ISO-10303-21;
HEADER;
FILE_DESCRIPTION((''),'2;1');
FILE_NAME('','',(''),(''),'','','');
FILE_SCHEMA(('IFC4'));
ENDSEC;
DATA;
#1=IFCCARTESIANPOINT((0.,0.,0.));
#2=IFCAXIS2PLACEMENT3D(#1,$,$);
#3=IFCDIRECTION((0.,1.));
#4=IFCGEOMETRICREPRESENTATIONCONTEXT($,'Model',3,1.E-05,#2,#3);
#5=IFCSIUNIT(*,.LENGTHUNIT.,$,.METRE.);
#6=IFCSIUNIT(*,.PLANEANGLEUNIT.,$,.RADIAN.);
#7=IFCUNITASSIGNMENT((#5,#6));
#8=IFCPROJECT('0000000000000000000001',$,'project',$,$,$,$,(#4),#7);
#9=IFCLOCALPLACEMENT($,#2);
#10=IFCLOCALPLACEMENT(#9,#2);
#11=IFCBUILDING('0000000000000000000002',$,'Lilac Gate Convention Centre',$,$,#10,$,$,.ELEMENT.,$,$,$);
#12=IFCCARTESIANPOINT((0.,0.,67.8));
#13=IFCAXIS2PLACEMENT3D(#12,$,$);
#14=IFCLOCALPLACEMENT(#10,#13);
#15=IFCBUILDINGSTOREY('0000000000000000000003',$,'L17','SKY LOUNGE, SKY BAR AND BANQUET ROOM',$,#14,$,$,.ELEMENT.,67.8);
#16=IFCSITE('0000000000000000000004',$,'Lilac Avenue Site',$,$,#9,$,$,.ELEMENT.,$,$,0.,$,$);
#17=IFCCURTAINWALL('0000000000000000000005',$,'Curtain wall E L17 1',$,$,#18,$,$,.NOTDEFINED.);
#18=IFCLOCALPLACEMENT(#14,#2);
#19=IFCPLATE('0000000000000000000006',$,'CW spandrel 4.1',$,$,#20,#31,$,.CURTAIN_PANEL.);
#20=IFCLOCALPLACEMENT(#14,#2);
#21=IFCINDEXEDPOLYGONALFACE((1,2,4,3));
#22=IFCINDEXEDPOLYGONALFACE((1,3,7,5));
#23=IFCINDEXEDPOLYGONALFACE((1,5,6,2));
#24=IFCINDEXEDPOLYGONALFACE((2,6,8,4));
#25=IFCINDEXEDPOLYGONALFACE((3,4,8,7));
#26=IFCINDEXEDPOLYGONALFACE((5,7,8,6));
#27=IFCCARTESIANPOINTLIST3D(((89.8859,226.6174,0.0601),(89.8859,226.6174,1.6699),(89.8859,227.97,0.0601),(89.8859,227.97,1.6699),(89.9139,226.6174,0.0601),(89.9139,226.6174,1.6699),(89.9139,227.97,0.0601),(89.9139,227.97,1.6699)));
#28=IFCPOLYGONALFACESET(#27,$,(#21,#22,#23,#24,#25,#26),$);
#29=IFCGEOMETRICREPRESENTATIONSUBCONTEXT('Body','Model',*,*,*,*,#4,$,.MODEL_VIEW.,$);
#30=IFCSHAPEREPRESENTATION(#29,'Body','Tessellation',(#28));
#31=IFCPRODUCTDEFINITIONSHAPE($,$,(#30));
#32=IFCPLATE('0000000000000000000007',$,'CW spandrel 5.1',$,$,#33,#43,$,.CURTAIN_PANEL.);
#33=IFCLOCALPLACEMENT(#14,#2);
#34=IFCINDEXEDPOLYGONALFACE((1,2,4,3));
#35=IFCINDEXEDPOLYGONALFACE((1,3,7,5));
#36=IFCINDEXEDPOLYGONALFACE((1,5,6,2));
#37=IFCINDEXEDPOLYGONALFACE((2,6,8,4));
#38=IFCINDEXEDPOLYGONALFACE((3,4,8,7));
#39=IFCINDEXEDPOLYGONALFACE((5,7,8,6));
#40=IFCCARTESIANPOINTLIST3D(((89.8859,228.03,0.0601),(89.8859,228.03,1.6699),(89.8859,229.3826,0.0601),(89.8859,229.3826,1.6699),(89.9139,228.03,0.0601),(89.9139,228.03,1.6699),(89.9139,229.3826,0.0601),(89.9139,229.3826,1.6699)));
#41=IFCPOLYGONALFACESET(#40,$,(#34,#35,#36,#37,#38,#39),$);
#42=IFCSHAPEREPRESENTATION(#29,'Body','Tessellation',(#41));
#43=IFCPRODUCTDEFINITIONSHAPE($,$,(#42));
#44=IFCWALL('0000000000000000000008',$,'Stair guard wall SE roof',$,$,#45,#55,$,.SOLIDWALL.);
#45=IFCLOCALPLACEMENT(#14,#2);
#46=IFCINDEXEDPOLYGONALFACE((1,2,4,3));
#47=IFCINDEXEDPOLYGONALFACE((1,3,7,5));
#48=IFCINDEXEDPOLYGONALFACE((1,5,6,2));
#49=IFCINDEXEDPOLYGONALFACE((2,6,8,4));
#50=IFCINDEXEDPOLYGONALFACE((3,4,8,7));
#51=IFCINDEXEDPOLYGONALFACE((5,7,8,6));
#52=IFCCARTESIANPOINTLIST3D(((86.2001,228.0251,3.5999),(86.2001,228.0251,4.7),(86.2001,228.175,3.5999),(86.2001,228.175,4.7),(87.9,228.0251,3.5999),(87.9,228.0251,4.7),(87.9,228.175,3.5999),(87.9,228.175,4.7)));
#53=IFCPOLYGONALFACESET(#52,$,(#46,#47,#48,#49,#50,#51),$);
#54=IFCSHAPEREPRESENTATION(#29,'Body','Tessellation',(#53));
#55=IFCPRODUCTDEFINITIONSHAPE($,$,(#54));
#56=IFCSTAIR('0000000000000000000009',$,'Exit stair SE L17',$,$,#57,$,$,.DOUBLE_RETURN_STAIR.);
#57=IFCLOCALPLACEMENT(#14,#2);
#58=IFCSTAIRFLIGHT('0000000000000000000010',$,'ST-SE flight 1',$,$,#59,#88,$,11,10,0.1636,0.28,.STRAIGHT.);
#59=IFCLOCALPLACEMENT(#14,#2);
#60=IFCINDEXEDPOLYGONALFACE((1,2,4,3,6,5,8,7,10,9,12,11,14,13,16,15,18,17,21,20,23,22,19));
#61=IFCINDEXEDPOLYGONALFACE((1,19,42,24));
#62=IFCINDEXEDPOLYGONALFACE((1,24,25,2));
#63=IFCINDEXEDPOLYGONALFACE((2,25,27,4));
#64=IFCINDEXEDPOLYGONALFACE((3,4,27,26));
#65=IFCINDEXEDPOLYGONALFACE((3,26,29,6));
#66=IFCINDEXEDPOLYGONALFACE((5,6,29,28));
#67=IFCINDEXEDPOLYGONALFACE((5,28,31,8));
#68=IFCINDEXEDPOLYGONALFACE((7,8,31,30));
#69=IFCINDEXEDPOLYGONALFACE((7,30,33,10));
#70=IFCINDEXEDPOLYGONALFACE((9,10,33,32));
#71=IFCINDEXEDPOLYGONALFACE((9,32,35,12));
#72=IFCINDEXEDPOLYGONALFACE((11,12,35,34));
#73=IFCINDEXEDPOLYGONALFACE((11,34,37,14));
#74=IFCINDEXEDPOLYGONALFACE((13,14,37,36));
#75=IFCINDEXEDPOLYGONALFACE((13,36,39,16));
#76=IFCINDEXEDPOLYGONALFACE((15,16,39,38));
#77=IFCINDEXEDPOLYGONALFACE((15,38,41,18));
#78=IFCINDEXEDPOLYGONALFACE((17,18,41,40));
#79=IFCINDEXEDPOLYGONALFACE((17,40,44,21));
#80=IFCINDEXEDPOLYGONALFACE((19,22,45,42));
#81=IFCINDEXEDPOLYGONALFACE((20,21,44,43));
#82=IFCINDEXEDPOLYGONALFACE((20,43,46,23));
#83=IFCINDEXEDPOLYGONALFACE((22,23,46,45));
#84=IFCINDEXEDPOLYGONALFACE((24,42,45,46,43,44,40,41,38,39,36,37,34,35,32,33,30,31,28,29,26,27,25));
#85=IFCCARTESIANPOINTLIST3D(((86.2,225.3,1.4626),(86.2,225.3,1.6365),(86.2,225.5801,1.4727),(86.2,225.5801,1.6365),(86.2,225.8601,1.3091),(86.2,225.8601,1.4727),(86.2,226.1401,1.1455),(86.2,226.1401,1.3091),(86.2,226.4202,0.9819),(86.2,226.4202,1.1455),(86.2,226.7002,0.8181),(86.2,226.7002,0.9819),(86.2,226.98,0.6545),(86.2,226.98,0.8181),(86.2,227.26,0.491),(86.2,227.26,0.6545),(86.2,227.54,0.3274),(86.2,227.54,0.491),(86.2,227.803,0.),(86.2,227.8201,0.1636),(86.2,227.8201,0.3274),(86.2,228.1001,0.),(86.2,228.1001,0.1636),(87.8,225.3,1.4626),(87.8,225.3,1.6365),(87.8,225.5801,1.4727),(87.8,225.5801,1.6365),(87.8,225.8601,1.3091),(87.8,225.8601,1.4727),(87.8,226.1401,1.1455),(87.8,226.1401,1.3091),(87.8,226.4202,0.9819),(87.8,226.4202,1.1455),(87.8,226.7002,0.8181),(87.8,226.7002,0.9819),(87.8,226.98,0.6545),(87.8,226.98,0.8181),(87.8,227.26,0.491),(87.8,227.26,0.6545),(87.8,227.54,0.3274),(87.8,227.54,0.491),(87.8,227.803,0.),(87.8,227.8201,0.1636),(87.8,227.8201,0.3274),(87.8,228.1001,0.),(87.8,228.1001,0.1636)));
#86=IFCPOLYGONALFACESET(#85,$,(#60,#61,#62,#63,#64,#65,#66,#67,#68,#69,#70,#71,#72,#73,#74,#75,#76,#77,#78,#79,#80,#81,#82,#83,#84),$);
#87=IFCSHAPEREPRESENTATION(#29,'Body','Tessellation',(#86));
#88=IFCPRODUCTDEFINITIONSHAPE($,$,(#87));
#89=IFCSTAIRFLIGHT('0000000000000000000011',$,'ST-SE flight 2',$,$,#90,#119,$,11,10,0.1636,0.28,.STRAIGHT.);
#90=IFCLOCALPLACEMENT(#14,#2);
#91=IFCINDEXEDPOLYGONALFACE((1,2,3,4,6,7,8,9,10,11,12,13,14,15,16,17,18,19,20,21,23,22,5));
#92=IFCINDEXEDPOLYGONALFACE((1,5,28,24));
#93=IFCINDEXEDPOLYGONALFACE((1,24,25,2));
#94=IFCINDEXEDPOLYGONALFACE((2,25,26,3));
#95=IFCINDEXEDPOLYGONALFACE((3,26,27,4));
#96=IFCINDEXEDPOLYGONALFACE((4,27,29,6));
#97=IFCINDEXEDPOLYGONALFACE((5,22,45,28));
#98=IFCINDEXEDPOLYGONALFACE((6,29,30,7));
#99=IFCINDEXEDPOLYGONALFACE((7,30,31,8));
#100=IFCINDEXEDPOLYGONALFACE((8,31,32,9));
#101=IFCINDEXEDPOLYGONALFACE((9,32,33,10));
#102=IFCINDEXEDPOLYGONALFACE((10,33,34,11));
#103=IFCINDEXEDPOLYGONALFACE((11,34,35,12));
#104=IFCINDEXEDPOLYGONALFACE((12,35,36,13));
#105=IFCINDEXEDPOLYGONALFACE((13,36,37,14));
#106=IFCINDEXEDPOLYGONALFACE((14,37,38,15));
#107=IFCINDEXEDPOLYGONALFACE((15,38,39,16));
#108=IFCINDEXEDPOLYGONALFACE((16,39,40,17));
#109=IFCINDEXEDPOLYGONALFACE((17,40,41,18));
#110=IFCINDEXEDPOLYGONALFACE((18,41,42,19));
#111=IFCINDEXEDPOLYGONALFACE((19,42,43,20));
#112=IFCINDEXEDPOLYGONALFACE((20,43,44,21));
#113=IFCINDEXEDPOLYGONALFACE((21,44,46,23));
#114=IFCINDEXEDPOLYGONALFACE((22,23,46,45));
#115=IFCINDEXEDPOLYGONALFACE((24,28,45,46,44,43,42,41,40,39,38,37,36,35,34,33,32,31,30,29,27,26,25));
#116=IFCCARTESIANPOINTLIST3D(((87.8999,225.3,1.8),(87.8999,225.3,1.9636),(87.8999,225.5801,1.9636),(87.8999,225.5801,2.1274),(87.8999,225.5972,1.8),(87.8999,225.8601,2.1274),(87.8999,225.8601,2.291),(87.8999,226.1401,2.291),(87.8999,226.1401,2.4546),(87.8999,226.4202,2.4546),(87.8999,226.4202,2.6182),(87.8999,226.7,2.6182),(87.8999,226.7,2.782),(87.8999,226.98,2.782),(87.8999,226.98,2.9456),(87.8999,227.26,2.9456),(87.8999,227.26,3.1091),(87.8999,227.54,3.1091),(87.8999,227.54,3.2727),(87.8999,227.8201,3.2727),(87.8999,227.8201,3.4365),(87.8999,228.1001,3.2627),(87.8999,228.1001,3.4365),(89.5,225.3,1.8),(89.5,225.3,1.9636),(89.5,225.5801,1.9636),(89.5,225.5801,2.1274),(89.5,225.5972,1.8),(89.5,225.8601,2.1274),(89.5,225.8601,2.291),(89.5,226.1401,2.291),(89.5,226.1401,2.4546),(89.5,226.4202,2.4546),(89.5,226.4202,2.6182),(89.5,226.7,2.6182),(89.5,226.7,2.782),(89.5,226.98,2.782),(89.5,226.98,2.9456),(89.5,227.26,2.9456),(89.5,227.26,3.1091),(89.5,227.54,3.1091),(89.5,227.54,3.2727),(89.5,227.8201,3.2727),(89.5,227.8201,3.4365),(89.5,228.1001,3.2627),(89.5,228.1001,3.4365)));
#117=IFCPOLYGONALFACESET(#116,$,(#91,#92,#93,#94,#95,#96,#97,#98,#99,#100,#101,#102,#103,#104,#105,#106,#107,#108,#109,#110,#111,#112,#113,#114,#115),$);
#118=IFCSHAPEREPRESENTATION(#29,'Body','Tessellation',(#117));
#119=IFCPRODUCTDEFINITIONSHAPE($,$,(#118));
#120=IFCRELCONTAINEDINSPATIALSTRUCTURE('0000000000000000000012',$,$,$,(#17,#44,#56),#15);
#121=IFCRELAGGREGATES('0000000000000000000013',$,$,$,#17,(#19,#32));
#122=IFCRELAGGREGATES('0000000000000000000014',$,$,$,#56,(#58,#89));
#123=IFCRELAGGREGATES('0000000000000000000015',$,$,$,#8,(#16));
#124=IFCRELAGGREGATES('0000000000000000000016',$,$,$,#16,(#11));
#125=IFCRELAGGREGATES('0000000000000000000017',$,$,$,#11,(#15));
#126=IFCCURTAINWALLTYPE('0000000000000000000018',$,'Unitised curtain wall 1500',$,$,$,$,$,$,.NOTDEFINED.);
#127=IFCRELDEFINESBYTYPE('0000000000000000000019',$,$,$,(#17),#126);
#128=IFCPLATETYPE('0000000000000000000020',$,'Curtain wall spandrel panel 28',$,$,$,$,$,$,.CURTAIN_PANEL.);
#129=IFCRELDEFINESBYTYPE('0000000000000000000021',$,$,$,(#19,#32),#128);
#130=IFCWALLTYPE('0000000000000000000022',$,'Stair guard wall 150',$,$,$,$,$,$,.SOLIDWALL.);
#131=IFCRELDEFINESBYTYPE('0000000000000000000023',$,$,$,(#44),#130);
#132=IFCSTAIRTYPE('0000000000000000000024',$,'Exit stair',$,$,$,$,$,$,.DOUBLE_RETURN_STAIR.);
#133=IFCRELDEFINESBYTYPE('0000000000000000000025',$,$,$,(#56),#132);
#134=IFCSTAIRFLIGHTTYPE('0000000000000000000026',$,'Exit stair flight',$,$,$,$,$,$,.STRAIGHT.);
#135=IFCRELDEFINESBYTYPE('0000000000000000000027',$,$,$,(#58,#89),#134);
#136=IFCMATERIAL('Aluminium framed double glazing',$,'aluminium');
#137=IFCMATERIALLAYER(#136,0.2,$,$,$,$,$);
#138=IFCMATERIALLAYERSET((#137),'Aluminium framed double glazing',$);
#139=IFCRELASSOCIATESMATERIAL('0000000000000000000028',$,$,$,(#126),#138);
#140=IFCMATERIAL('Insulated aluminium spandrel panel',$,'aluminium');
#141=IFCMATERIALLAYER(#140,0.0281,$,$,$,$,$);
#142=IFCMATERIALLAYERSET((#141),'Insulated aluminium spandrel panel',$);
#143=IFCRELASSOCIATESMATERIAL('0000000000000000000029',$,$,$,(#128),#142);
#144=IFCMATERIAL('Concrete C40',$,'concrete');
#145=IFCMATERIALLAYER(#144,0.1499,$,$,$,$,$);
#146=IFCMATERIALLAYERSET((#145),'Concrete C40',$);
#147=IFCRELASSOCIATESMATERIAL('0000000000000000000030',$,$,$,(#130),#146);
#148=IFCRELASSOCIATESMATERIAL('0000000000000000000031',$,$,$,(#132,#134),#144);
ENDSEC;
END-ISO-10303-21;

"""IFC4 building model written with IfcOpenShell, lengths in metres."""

from ifc_helpers import new_model, si_unit, direction, frame, frame_2d, origin, origin_2d, place, context, subcontext, project, spatial, polyline, rectangle, outline, extrude, material, layer, layer_set, type_object, element, aggregate, save


model = new_model("IFC4")

# Units and contexts
model_context = context("Model", 3, precision=1e-05, world=origin(), true_north=direction((0.0, 1.0)))
body_context = subcontext(model_context, "Body", "Model", "MODEL_VIEW")
ifc_project = project(units=[si_unit("LENGTHUNIT", "METRE"), si_unit("PLANEANGLEUNIT", "RADIAN")], contexts=[model_context])

# Site, building, storey
site_placement = place(None, origin())
site = spatial("IfcSite", under=ifc_project, at=site_placement, Name="Lilac Avenue Site", CompositionType="ELEMENT", RefElevation=0.0)
building_placement = place(site_placement, origin())
building = spatial("IfcBuilding", under=site, at=building_placement, Name="Lilac Gate Convention Centre", CompositionType="ELEMENT")
storey_placement = place(building_placement, frame((0.0, 0.0, 67.8)))
storey = spatial("IfcBuildingStorey", under=building, at=storey_placement, Name="L17", Description="SKY LOUNGE, SKY BAR AND BANQUET ROOM", CompositionType="ELEMENT", Elevation=67.8)

# Curtain wall, plates
ifc_material_1 = material(Name="Aluminium framed double glazing", Category="aluminium")
ifc_layer_1 = layer(ifc_material_1, 0.2)
ifc_layer_set_1 = layer_set([ifc_layer_1], Name="Aluminium framed double glazing")
curtain_wall_type = type_object("IfcCurtainWallType", Name="Unitised curtain wall 1500", PredefinedType="NOTDEFINED", material=ifc_layer_set_1)
curtain_wall_placement = place(storey_placement, origin())
curtain_wall = element("IfcCurtainWall", 1, at=curtain_wall_placement, inside=storey, type_object=curtain_wall_type, Name="Curtain wall E L17 1", PredefinedType="NOTDEFINED")
ifc_material_2 = material(Name="Insulated aluminium spandrel panel", Category="aluminium")
ifc_layer_2 = layer(ifc_material_2, 0.0281)
ifc_layer_set_2 = layer_set([ifc_layer_2], Name="Insulated aluminium spandrel panel")
plate_type_1 = type_object("IfcPlateType", Name="Curtain wall spandrel panel 28", PredefinedType="CURTAIN_PANEL", material=ifc_layer_set_2)
plate_1_placement = place(storey_placement, frame((89.8999, 227.2937, 0.0601), z_axis=(0.0, 0.0, 1.0), x_axis=(0.0, 1.0, 0.0)))
plate_1 = element("IfcPlate", 2, at=plate_1_placement, type_object=plate_type_1, Name="CW spandrel 4.1", PredefinedType="CURTAIN_PANEL", context=body_context, shape_type="SweptSolid", body=[
    extrude(rectangle(XDim=1.3525, YDim=0.0281, at=origin_2d()), origin(), (0.0, 0.0, 1.0), 1.6099),
])
plate_2_placement = place(storey_placement, frame((89.8999, 228.7063, 0.0601), z_axis=(0.0, 0.0, 1.0), x_axis=(0.0, 1.0, 0.0)))
plate_2 = element("IfcPlate", 3, at=plate_2_placement, type_object=plate_type_1, Name="CW spandrel 5.1", PredefinedType="CURTAIN_PANEL", context=body_context, shape_type="SweptSolid", body=[
    extrude(rectangle(XDim=1.3525, YDim=0.0281, at=origin_2d()), origin(), (0.0, 0.0, 1.0), 1.6099),
])
aggregate(curtain_wall, [plate_1, plate_2])

# Wall
ifc_material_3 = material(Name="Concrete C40", Category="concrete")
ifc_layer_3 = layer(ifc_material_3, 0.1499)
ifc_layer_set_3 = layer_set([ifc_layer_3], Name="Concrete C40")
wall_type = type_object("IfcWallType", Name="Stair guard wall 150", PredefinedType="SOLIDWALL", material=ifc_layer_set_3)
wall_placement = place(storey_placement, frame((86.2, 228.1001, 3.5999), z_axis=(0.0, 0.0, 1.0), x_axis=(1.0, 0.0, 0.0)))
element("IfcWall", 4, at=wall_placement, inside=storey, type_object=wall_type, Name="Stair guard wall SE roof", PredefinedType="SOLIDWALL", context=body_context, shape_type="SweptSolid", body=[
    extrude(rectangle(XDim=1.7, YDim=0.1499, at=frame_2d((0.8501, 0.0))), origin(), (0.0, 0.0, 1.0), 1.1001),
])

# Stair, stair flights
stair_type = type_object("IfcStairType", Name="Exit stair", PredefinedType="DOUBLE_RETURN_STAIR", material=ifc_material_3)
stair_placement = place(storey_placement, origin())
stair = element("IfcStair", 5, at=stair_placement, inside=storey, type_object=stair_type, Name="Exit stair SE L17", PredefinedType="DOUBLE_RETURN_STAIR")
stair_flight_type = type_object("IfcStairFlightType", Name="Exit stair flight", PredefinedType="STRAIGHT", material=ifc_material_3)
stair_flight_1_placement = place(storey_placement, frame((87.0, 228.1001, 0.0), z_axis=(0.0, 0.0, 1.0), x_axis=(0.0, -1.0, 0.0)))
stair_flight_1 = element("IfcStairFlight", 6, at=stair_flight_1_placement, type_object=stair_flight_type, Name="ST-SE flight 1", NumberOfRisers=11, NumberOfTreads=10, PredefinedType="STRAIGHT", RiserHeight=0.1636, TreadLength=0.28, context=body_context, shape_type="SweptSolid", body=[
    extrude(outline(polyline([(0.0, 0.0), (0.0, 0.1636), (0.28, 0.1636), (0.28, 0.3274), (0.5601, 0.3274), (0.5601, 0.491), (0.8401, 0.491), (0.8401, 0.6545), (1.1201, 0.6545), (1.1201, 0.8181), (1.3999, 0.8181), (1.3999, 0.9819), (1.6799, 0.9819), (1.6799, 1.1455), (1.96, 1.1455), (1.96, 1.3091), (2.24, 1.3091), (2.24, 1.4727), (2.52, 1.4727), (2.52, 1.6365), (2.8, 1.6365), (2.8, 1.8), (2.8, 1.4626), (0.2971, 0.0), (0.0, 0.0)])), frame((0.0, 0.8, 0.0), z_axis=(0.0, -1.0, 0.0), x_axis=(1.0, 0.0, 0.0)), (0.0, 0.0, 1.0), 1.6001),
])
stair_flight_2_placement = place(storey_placement, frame((88.7, 225.3, 1.8), z_axis=(0.0, 0.0, 1.0), x_axis=(0.0, 1.0, 0.0)))
stair_flight_2 = element("IfcStairFlight", 7, at=stair_flight_2_placement, type_object=stair_flight_type, Name="ST-SE flight 2", NumberOfRisers=11, NumberOfTreads=10, PredefinedType="STRAIGHT", RiserHeight=0.1636, TreadLength=0.28, context=body_context, shape_type="SweptSolid", body=[
    extrude(outline(polyline([(0.0, 0.0), (0.0, 0.1636), (0.28, 0.1636), (0.28, 0.3274), (0.5601, 0.3274), (0.5601, 0.491), (0.8401, 0.491), (0.8401, 0.6545), (1.1201, 0.6545), (1.1201, 0.8181), (1.3999, 0.8181), (1.3999, 0.9819), (1.6799, 0.9819), (1.6799, 1.1455), (1.96, 1.1455), (1.96, 1.3091), (2.24, 1.3091), (2.24, 1.4727), (2.52, 1.4727), (2.52, 1.6365), (2.8, 1.6365), (2.8, 1.8), (2.8, 1.4626), (0.2971, 0.0), (0.0, 0.0)])), frame((0.0, 0.8, 0.0), z_axis=(0.0, -1.0, 0.0), x_axis=(1.0, 0.0, 0.0)), (0.0, 0.0, 1.0), 1.6001),
])
aggregate(stair, [stair_flight_1, stair_flight_2])

save(model, "model.ifc")
